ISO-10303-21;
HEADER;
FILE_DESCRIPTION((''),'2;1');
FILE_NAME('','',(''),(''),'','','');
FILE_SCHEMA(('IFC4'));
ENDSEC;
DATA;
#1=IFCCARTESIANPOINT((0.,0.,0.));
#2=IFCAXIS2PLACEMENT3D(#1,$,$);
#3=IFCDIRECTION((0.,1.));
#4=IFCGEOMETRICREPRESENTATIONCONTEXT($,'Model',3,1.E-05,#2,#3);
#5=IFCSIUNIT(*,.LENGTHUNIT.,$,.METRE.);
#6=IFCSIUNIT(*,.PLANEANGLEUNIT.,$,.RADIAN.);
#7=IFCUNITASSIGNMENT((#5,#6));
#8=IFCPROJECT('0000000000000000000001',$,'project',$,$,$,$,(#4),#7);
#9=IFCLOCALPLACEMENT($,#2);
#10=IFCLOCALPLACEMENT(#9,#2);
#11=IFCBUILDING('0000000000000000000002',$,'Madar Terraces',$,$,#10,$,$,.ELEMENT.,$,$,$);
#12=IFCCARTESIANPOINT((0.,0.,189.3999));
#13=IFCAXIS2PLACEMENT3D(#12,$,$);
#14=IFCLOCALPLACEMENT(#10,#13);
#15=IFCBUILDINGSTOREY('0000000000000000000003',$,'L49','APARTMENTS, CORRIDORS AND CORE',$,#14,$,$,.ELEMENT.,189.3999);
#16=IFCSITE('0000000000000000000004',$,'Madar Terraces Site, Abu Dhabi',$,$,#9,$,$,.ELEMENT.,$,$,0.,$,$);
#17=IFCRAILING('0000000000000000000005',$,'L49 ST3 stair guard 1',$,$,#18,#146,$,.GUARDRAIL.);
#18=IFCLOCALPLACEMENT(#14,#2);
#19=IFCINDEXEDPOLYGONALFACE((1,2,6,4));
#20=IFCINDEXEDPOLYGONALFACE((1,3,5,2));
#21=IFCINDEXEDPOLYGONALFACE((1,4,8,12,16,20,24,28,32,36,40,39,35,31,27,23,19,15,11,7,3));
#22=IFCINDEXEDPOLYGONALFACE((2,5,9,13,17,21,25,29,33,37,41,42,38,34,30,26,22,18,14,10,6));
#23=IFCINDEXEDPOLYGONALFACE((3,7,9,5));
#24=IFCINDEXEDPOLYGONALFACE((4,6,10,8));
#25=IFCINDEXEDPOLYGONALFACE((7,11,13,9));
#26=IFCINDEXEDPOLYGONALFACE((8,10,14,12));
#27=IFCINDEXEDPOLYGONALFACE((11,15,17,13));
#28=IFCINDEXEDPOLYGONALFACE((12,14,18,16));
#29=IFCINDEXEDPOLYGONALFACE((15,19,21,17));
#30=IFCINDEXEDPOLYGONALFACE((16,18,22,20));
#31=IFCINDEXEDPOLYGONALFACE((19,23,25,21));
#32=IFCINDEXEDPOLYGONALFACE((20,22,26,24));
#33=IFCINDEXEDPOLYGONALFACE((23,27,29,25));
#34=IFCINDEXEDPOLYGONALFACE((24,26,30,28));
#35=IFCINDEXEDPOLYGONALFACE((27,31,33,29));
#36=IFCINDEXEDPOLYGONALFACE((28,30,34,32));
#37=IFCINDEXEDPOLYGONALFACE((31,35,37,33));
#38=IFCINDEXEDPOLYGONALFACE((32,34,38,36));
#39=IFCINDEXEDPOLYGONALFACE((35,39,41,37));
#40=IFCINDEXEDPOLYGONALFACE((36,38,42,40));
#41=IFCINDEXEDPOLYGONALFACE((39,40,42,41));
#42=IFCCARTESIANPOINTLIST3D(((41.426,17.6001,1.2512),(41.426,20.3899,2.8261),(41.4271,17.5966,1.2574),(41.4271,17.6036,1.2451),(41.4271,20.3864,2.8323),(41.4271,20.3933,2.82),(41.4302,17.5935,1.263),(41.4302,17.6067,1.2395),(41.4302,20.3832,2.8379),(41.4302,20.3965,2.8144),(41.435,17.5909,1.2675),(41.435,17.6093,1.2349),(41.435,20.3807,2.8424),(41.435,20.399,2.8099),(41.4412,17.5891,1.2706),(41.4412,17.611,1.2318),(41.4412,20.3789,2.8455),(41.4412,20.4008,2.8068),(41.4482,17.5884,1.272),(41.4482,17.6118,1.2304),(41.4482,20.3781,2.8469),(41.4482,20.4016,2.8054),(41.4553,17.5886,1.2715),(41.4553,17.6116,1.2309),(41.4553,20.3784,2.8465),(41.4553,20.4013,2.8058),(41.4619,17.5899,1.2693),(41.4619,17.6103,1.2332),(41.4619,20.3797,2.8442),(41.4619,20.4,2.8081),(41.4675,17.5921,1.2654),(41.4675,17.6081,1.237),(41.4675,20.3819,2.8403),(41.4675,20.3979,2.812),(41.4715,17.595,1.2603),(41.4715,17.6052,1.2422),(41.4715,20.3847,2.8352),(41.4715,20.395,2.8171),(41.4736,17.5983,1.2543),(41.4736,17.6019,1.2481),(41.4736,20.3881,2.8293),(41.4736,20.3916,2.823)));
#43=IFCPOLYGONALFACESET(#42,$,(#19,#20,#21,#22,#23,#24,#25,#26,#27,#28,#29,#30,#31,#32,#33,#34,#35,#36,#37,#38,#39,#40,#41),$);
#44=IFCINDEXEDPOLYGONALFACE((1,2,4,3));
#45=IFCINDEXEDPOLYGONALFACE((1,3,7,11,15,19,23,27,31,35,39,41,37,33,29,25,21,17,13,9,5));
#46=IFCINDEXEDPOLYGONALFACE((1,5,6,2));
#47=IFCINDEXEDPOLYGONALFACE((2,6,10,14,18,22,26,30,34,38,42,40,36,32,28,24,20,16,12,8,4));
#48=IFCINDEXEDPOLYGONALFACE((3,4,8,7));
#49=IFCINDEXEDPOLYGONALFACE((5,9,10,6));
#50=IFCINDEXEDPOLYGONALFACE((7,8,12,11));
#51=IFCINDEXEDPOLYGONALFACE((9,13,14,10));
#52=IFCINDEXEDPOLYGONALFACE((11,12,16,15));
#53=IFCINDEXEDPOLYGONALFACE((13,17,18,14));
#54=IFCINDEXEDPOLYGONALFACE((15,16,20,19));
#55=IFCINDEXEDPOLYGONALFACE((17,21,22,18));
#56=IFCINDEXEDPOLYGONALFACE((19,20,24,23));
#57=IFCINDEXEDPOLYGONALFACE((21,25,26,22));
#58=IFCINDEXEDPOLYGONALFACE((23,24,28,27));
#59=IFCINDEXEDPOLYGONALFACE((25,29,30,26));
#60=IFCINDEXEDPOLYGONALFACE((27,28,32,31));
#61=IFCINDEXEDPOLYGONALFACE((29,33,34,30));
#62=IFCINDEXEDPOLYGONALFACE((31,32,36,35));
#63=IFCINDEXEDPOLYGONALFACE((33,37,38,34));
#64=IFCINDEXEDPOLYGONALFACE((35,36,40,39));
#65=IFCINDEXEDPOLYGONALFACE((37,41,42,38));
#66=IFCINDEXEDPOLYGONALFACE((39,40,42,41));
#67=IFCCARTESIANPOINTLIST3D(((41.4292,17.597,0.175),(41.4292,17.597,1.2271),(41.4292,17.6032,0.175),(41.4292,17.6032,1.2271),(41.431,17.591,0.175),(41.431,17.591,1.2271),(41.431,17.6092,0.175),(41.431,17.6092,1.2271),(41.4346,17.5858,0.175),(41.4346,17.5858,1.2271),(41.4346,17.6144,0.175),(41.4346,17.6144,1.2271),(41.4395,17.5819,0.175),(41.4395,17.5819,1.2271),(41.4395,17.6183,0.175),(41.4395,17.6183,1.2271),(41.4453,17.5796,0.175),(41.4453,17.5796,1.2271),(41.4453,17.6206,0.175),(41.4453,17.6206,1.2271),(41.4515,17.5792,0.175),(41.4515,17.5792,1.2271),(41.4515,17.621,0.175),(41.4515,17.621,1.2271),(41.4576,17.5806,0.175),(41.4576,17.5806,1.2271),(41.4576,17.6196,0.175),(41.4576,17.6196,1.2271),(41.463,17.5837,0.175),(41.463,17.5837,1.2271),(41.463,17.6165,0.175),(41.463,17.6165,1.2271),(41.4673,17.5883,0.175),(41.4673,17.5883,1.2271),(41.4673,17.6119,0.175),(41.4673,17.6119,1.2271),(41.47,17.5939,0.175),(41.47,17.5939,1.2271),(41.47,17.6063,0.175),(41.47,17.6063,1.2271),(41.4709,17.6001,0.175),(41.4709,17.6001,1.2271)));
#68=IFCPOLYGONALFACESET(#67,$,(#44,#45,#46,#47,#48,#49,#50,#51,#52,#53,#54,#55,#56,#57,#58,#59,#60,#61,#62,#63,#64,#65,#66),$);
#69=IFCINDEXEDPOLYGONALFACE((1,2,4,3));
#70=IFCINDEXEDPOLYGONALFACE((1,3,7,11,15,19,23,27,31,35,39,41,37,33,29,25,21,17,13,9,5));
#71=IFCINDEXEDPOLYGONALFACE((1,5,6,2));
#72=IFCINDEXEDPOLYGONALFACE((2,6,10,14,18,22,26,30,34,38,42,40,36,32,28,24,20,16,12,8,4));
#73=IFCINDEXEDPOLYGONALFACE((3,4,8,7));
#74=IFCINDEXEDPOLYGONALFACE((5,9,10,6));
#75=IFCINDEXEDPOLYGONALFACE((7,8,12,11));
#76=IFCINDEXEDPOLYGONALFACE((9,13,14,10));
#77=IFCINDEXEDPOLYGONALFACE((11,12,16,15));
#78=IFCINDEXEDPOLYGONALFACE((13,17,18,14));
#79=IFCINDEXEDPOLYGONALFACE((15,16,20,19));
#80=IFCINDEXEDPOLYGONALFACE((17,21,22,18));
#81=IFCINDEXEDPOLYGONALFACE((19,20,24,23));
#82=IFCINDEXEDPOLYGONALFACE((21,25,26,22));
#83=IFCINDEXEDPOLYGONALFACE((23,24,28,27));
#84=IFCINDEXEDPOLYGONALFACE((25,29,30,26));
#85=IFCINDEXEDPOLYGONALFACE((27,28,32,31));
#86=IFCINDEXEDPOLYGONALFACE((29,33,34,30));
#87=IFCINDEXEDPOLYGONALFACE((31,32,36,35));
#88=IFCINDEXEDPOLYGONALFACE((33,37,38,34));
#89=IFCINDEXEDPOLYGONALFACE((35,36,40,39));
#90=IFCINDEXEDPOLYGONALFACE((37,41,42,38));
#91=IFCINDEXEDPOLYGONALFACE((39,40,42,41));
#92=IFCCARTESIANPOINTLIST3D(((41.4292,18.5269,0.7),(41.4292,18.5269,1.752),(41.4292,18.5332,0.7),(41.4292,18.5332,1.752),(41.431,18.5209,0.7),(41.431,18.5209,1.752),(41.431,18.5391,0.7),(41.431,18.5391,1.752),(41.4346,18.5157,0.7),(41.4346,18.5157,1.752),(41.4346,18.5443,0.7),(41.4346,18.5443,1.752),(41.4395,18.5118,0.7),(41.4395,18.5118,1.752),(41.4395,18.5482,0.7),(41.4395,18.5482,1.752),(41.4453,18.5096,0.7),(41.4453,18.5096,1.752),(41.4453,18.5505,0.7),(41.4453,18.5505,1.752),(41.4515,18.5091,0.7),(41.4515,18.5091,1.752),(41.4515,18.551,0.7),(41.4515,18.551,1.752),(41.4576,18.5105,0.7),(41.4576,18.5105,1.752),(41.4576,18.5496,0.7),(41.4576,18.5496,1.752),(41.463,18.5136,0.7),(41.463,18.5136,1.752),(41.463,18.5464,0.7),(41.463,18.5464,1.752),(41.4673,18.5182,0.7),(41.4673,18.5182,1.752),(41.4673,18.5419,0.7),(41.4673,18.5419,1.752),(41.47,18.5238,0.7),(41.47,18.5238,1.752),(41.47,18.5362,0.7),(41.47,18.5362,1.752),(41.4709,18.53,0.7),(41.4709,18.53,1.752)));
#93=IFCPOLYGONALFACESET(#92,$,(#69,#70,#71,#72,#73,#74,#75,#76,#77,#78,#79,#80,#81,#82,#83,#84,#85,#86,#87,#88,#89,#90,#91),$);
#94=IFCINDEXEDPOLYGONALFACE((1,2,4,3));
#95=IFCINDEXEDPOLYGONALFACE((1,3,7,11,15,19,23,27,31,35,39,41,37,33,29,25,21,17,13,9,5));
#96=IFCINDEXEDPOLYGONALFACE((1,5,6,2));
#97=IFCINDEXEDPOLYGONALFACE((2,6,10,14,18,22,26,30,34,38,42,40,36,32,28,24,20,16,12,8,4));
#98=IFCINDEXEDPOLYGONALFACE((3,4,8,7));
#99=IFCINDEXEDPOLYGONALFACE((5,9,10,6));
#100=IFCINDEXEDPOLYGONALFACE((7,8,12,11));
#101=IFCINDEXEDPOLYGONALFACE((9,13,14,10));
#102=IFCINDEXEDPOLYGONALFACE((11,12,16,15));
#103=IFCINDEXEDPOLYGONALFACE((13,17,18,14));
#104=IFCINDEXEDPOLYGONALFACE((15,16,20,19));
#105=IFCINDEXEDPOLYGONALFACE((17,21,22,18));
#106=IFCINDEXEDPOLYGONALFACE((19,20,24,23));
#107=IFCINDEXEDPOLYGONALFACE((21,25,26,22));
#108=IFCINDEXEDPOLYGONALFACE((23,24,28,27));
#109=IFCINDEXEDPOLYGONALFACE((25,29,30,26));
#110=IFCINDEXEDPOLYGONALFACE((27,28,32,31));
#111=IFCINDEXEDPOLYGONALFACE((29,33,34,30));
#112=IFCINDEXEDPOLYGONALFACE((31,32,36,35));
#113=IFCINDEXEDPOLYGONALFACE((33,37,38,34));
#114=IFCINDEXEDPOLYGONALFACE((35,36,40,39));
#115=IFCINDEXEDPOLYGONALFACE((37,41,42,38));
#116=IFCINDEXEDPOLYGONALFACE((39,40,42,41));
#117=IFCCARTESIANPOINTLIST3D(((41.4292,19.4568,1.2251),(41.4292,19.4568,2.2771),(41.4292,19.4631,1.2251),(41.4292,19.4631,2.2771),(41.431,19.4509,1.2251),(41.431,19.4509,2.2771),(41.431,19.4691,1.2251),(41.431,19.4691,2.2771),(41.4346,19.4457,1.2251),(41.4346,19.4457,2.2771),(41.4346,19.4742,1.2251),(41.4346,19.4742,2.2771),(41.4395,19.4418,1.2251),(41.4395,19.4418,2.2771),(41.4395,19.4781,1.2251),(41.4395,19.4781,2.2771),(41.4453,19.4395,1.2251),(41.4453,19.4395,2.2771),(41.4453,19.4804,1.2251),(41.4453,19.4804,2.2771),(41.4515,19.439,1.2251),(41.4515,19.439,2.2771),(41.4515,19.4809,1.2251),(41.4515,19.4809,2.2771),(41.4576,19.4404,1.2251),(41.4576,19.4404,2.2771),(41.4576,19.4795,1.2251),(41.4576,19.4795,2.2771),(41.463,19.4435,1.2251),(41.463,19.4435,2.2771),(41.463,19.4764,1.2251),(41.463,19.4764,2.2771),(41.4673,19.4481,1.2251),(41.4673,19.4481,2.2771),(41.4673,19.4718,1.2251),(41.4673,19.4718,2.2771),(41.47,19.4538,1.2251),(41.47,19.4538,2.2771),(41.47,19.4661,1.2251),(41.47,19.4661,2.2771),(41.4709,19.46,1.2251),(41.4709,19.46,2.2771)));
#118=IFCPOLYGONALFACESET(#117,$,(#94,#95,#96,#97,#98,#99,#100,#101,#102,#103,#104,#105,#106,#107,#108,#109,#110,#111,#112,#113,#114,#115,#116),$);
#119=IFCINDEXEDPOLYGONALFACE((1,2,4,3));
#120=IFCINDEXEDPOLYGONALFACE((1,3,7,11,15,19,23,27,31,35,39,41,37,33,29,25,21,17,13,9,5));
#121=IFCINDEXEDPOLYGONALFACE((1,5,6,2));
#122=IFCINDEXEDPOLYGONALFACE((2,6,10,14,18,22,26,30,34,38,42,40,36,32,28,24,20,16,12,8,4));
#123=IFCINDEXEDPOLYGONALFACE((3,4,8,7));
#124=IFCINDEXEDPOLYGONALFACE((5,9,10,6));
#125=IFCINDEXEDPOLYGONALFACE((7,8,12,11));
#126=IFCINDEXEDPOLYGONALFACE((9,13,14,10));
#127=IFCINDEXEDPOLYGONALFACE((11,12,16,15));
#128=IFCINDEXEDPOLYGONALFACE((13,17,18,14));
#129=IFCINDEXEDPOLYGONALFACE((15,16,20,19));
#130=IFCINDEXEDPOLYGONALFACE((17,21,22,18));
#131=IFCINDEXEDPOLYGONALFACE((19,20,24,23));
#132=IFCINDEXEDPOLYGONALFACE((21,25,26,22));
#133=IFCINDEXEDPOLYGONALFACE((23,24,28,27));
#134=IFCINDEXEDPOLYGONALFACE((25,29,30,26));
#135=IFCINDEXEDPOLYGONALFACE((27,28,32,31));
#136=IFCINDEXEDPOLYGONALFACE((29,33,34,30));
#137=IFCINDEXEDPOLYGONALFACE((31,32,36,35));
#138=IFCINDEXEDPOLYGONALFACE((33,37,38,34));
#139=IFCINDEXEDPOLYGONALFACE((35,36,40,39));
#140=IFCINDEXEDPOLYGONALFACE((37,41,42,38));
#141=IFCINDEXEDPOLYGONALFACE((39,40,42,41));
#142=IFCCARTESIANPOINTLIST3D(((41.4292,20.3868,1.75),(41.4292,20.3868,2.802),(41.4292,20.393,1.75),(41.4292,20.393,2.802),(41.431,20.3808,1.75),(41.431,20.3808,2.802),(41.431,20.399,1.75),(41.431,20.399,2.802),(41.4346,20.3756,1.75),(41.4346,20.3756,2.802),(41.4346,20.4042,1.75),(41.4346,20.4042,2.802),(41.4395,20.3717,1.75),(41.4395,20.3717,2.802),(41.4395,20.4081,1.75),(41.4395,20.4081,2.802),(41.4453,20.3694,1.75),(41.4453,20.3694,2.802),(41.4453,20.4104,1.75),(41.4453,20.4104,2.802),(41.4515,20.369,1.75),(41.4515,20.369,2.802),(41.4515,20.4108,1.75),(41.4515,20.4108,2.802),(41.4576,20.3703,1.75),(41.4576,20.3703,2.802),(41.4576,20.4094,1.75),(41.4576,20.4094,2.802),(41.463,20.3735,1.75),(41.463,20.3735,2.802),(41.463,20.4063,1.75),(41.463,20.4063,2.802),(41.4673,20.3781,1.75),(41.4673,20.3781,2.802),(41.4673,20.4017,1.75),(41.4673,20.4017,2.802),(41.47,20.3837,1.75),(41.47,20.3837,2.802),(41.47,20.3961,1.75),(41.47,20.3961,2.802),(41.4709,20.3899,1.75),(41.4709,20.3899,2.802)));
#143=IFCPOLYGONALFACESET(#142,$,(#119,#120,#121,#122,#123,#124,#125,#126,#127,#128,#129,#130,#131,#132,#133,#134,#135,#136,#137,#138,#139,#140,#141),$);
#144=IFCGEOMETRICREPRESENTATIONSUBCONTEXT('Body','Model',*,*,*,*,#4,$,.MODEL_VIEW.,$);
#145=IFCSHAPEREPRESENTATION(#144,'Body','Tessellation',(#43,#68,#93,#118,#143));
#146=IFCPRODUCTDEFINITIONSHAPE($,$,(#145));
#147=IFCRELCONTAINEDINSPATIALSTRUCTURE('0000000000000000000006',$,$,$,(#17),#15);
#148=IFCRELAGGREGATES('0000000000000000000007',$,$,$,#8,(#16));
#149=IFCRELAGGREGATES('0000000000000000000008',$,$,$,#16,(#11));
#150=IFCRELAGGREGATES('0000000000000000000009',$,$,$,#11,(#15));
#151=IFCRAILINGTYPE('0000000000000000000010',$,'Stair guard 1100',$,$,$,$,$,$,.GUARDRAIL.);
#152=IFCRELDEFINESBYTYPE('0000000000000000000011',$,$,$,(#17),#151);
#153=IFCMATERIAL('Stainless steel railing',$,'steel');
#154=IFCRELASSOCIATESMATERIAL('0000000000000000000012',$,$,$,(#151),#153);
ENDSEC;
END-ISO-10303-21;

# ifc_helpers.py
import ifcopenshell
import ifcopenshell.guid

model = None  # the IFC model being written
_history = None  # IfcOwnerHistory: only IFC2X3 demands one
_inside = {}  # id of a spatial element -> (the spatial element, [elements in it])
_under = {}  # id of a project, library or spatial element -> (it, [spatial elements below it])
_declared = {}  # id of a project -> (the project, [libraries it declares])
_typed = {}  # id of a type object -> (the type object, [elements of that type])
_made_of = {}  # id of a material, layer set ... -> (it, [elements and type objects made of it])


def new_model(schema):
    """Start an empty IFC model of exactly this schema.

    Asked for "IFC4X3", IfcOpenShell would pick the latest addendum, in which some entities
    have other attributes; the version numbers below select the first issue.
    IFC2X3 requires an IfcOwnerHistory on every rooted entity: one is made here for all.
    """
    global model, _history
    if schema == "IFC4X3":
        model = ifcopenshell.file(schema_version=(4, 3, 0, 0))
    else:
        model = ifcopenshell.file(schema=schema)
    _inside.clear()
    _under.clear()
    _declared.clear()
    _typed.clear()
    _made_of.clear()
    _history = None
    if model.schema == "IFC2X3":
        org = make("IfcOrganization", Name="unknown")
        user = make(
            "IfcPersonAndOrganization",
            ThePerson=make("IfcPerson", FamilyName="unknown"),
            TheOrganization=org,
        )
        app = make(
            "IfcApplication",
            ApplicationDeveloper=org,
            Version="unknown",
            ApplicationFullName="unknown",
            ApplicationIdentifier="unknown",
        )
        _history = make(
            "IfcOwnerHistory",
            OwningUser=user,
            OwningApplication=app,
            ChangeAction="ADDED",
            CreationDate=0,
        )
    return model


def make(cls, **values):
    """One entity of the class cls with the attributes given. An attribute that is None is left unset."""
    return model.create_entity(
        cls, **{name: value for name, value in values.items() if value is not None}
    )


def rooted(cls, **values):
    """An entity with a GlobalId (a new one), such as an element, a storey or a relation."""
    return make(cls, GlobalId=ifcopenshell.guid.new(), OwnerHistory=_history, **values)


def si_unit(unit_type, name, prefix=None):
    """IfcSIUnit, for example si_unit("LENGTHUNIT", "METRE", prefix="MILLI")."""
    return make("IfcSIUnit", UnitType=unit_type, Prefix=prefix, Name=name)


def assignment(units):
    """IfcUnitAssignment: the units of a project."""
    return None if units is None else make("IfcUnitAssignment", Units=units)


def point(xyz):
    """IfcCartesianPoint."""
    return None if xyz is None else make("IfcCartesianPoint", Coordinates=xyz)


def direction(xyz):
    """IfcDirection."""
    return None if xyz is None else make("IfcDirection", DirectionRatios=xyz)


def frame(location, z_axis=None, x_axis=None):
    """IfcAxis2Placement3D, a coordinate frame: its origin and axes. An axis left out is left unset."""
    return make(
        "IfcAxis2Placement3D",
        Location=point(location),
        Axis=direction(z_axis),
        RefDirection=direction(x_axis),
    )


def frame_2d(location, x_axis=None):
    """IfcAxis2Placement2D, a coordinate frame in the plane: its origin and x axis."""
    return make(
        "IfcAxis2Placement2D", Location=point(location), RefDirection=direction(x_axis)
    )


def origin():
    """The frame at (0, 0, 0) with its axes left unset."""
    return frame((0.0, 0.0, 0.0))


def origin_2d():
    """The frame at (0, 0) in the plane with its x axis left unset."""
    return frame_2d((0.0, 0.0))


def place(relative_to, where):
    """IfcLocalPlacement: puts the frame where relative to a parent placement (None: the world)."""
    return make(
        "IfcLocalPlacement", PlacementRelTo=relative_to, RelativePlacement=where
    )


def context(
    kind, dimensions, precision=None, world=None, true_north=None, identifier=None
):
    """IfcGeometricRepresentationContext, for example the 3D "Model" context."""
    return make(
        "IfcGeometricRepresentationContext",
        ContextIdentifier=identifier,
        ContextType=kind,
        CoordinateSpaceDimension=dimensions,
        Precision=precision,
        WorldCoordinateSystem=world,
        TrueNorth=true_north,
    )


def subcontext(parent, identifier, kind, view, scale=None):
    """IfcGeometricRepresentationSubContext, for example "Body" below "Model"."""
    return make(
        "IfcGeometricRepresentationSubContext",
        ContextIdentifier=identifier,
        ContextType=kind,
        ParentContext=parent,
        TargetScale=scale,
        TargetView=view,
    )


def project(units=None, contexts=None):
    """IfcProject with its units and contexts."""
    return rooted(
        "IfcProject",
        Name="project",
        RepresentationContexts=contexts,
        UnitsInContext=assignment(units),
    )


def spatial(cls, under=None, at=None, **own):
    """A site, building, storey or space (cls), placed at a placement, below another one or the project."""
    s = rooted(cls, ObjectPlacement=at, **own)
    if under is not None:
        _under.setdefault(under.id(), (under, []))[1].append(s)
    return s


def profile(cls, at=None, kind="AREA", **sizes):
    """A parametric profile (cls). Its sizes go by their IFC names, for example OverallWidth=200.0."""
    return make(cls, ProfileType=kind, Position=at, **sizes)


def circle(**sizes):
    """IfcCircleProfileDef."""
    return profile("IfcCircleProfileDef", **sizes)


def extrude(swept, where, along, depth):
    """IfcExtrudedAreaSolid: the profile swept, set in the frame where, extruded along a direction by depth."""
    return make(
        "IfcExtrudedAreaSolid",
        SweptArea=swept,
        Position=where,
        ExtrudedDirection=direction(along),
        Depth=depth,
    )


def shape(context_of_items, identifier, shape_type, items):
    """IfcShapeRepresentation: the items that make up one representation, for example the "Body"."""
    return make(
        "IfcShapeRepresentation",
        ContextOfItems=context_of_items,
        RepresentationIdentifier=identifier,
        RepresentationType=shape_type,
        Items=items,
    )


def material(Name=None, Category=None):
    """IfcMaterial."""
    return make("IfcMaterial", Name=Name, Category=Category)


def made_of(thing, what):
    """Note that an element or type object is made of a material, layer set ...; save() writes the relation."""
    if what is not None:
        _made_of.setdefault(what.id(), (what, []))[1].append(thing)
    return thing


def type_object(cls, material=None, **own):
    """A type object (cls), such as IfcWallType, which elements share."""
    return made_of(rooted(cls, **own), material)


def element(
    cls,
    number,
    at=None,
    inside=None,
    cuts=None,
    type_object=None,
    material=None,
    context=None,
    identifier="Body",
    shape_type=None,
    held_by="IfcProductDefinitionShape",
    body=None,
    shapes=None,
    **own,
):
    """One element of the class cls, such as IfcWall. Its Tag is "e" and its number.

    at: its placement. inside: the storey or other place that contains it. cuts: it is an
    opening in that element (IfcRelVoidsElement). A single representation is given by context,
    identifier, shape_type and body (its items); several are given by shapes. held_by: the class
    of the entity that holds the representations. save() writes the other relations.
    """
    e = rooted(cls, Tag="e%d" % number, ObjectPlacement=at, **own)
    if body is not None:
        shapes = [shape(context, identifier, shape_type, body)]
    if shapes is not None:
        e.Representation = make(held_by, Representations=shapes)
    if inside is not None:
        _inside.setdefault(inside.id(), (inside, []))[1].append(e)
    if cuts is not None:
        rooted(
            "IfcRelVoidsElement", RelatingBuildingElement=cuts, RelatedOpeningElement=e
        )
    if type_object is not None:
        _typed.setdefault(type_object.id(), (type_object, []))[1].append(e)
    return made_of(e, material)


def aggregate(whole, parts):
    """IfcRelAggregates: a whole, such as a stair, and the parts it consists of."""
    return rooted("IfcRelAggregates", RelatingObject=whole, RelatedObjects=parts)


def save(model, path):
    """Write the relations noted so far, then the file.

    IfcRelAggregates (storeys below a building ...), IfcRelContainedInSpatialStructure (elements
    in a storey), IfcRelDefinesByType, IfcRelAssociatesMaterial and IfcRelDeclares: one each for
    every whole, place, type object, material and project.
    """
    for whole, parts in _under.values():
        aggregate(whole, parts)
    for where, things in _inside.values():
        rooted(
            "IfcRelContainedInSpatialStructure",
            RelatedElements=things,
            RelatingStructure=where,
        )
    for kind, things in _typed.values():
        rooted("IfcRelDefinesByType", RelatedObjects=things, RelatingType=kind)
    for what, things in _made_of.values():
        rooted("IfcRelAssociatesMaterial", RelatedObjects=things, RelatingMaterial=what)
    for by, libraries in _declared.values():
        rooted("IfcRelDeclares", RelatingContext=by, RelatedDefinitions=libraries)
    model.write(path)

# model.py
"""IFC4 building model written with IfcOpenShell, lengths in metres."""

from ifc_helpers import new_model, si_unit, direction, frame, origin, origin_2d, place, context, subcontext, project, spatial, circle, extrude, material, type_object, element, save


model = new_model("IFC4")

# Units and contexts
model_context = context("Model", 3, precision=1e-05, world=origin(), true_north=direction((0.0, 1.0)))
body_context = subcontext(model_context, "Body", "Model", "MODEL_VIEW")
ifc_project = project(units=[si_unit("LENGTHUNIT", "METRE"), si_unit("PLANEANGLEUNIT", "RADIAN")], contexts=[model_context])

# Site, building, storey
site_placement = place(None, origin())
site = spatial("IfcSite", under=ifc_project, at=site_placement, Name="Madar Terraces Site, Abu Dhabi", CompositionType="ELEMENT", RefElevation=0.0)
building_placement = place(site_placement, origin())
building = spatial("IfcBuilding", under=site, at=building_placement, Name="Madar Terraces", CompositionType="ELEMENT")
storey_placement = place(building_placement, frame((0.0, 0.0, 189.3999)))
storey = spatial("IfcBuildingStorey", under=building, at=storey_placement, Name="L49", Description="APARTMENTS, CORRIDORS AND CORE", CompositionType="ELEMENT", Elevation=189.3999)

# Railing
ifc_material_1 = material(Name="Stainless steel railing", Category="steel")
railing_type_1 = type_object("IfcRailingType", Name="Stair guard 1100", PredefinedType="GUARDRAIL", material=ifc_material_1)
railing_1_placement = place(storey_placement, frame((41.45, 17.6001, 0.175)))
element("IfcRailing", 1, at=railing_1_placement, inside=storey, type_object=railing_type_1, Name="L49 ST3 stair guard 1", PredefinedType="GUARDRAIL", context=body_context, shape_type="SweptSolid", body=[
    extrude(circle(Radius=0.0239, at=origin_2d()), frame((0.0, 0.0, 1.0762), z_axis=(0.0, 0.870815, 0.49161), x_axis=(-1.0, 0.0, 0.0)), (0.0, 0.0, 1.0), 3.2036),
    extrude(circle(Radius=0.021, at=origin_2d()), origin(), (0.0, 0.0, 1.0), 1.052),
    extrude(circle(Radius=0.021, at=origin_2d()), frame((0.0, 0.9299, 0.5249)), (0.0, 0.0, 1.0), 1.052),
    extrude(circle(Radius=0.021, at=origin_2d()), frame((0.0, 1.8599, 1.05)), (0.0, 0.0, 1.0), 1.052),
    extrude(circle(Radius=0.021, at=origin_2d()), frame((0.0, 2.7898, 1.575)), (0.0, 0.0, 1.0), 1.052),
])

save(model, "model.ifc")
